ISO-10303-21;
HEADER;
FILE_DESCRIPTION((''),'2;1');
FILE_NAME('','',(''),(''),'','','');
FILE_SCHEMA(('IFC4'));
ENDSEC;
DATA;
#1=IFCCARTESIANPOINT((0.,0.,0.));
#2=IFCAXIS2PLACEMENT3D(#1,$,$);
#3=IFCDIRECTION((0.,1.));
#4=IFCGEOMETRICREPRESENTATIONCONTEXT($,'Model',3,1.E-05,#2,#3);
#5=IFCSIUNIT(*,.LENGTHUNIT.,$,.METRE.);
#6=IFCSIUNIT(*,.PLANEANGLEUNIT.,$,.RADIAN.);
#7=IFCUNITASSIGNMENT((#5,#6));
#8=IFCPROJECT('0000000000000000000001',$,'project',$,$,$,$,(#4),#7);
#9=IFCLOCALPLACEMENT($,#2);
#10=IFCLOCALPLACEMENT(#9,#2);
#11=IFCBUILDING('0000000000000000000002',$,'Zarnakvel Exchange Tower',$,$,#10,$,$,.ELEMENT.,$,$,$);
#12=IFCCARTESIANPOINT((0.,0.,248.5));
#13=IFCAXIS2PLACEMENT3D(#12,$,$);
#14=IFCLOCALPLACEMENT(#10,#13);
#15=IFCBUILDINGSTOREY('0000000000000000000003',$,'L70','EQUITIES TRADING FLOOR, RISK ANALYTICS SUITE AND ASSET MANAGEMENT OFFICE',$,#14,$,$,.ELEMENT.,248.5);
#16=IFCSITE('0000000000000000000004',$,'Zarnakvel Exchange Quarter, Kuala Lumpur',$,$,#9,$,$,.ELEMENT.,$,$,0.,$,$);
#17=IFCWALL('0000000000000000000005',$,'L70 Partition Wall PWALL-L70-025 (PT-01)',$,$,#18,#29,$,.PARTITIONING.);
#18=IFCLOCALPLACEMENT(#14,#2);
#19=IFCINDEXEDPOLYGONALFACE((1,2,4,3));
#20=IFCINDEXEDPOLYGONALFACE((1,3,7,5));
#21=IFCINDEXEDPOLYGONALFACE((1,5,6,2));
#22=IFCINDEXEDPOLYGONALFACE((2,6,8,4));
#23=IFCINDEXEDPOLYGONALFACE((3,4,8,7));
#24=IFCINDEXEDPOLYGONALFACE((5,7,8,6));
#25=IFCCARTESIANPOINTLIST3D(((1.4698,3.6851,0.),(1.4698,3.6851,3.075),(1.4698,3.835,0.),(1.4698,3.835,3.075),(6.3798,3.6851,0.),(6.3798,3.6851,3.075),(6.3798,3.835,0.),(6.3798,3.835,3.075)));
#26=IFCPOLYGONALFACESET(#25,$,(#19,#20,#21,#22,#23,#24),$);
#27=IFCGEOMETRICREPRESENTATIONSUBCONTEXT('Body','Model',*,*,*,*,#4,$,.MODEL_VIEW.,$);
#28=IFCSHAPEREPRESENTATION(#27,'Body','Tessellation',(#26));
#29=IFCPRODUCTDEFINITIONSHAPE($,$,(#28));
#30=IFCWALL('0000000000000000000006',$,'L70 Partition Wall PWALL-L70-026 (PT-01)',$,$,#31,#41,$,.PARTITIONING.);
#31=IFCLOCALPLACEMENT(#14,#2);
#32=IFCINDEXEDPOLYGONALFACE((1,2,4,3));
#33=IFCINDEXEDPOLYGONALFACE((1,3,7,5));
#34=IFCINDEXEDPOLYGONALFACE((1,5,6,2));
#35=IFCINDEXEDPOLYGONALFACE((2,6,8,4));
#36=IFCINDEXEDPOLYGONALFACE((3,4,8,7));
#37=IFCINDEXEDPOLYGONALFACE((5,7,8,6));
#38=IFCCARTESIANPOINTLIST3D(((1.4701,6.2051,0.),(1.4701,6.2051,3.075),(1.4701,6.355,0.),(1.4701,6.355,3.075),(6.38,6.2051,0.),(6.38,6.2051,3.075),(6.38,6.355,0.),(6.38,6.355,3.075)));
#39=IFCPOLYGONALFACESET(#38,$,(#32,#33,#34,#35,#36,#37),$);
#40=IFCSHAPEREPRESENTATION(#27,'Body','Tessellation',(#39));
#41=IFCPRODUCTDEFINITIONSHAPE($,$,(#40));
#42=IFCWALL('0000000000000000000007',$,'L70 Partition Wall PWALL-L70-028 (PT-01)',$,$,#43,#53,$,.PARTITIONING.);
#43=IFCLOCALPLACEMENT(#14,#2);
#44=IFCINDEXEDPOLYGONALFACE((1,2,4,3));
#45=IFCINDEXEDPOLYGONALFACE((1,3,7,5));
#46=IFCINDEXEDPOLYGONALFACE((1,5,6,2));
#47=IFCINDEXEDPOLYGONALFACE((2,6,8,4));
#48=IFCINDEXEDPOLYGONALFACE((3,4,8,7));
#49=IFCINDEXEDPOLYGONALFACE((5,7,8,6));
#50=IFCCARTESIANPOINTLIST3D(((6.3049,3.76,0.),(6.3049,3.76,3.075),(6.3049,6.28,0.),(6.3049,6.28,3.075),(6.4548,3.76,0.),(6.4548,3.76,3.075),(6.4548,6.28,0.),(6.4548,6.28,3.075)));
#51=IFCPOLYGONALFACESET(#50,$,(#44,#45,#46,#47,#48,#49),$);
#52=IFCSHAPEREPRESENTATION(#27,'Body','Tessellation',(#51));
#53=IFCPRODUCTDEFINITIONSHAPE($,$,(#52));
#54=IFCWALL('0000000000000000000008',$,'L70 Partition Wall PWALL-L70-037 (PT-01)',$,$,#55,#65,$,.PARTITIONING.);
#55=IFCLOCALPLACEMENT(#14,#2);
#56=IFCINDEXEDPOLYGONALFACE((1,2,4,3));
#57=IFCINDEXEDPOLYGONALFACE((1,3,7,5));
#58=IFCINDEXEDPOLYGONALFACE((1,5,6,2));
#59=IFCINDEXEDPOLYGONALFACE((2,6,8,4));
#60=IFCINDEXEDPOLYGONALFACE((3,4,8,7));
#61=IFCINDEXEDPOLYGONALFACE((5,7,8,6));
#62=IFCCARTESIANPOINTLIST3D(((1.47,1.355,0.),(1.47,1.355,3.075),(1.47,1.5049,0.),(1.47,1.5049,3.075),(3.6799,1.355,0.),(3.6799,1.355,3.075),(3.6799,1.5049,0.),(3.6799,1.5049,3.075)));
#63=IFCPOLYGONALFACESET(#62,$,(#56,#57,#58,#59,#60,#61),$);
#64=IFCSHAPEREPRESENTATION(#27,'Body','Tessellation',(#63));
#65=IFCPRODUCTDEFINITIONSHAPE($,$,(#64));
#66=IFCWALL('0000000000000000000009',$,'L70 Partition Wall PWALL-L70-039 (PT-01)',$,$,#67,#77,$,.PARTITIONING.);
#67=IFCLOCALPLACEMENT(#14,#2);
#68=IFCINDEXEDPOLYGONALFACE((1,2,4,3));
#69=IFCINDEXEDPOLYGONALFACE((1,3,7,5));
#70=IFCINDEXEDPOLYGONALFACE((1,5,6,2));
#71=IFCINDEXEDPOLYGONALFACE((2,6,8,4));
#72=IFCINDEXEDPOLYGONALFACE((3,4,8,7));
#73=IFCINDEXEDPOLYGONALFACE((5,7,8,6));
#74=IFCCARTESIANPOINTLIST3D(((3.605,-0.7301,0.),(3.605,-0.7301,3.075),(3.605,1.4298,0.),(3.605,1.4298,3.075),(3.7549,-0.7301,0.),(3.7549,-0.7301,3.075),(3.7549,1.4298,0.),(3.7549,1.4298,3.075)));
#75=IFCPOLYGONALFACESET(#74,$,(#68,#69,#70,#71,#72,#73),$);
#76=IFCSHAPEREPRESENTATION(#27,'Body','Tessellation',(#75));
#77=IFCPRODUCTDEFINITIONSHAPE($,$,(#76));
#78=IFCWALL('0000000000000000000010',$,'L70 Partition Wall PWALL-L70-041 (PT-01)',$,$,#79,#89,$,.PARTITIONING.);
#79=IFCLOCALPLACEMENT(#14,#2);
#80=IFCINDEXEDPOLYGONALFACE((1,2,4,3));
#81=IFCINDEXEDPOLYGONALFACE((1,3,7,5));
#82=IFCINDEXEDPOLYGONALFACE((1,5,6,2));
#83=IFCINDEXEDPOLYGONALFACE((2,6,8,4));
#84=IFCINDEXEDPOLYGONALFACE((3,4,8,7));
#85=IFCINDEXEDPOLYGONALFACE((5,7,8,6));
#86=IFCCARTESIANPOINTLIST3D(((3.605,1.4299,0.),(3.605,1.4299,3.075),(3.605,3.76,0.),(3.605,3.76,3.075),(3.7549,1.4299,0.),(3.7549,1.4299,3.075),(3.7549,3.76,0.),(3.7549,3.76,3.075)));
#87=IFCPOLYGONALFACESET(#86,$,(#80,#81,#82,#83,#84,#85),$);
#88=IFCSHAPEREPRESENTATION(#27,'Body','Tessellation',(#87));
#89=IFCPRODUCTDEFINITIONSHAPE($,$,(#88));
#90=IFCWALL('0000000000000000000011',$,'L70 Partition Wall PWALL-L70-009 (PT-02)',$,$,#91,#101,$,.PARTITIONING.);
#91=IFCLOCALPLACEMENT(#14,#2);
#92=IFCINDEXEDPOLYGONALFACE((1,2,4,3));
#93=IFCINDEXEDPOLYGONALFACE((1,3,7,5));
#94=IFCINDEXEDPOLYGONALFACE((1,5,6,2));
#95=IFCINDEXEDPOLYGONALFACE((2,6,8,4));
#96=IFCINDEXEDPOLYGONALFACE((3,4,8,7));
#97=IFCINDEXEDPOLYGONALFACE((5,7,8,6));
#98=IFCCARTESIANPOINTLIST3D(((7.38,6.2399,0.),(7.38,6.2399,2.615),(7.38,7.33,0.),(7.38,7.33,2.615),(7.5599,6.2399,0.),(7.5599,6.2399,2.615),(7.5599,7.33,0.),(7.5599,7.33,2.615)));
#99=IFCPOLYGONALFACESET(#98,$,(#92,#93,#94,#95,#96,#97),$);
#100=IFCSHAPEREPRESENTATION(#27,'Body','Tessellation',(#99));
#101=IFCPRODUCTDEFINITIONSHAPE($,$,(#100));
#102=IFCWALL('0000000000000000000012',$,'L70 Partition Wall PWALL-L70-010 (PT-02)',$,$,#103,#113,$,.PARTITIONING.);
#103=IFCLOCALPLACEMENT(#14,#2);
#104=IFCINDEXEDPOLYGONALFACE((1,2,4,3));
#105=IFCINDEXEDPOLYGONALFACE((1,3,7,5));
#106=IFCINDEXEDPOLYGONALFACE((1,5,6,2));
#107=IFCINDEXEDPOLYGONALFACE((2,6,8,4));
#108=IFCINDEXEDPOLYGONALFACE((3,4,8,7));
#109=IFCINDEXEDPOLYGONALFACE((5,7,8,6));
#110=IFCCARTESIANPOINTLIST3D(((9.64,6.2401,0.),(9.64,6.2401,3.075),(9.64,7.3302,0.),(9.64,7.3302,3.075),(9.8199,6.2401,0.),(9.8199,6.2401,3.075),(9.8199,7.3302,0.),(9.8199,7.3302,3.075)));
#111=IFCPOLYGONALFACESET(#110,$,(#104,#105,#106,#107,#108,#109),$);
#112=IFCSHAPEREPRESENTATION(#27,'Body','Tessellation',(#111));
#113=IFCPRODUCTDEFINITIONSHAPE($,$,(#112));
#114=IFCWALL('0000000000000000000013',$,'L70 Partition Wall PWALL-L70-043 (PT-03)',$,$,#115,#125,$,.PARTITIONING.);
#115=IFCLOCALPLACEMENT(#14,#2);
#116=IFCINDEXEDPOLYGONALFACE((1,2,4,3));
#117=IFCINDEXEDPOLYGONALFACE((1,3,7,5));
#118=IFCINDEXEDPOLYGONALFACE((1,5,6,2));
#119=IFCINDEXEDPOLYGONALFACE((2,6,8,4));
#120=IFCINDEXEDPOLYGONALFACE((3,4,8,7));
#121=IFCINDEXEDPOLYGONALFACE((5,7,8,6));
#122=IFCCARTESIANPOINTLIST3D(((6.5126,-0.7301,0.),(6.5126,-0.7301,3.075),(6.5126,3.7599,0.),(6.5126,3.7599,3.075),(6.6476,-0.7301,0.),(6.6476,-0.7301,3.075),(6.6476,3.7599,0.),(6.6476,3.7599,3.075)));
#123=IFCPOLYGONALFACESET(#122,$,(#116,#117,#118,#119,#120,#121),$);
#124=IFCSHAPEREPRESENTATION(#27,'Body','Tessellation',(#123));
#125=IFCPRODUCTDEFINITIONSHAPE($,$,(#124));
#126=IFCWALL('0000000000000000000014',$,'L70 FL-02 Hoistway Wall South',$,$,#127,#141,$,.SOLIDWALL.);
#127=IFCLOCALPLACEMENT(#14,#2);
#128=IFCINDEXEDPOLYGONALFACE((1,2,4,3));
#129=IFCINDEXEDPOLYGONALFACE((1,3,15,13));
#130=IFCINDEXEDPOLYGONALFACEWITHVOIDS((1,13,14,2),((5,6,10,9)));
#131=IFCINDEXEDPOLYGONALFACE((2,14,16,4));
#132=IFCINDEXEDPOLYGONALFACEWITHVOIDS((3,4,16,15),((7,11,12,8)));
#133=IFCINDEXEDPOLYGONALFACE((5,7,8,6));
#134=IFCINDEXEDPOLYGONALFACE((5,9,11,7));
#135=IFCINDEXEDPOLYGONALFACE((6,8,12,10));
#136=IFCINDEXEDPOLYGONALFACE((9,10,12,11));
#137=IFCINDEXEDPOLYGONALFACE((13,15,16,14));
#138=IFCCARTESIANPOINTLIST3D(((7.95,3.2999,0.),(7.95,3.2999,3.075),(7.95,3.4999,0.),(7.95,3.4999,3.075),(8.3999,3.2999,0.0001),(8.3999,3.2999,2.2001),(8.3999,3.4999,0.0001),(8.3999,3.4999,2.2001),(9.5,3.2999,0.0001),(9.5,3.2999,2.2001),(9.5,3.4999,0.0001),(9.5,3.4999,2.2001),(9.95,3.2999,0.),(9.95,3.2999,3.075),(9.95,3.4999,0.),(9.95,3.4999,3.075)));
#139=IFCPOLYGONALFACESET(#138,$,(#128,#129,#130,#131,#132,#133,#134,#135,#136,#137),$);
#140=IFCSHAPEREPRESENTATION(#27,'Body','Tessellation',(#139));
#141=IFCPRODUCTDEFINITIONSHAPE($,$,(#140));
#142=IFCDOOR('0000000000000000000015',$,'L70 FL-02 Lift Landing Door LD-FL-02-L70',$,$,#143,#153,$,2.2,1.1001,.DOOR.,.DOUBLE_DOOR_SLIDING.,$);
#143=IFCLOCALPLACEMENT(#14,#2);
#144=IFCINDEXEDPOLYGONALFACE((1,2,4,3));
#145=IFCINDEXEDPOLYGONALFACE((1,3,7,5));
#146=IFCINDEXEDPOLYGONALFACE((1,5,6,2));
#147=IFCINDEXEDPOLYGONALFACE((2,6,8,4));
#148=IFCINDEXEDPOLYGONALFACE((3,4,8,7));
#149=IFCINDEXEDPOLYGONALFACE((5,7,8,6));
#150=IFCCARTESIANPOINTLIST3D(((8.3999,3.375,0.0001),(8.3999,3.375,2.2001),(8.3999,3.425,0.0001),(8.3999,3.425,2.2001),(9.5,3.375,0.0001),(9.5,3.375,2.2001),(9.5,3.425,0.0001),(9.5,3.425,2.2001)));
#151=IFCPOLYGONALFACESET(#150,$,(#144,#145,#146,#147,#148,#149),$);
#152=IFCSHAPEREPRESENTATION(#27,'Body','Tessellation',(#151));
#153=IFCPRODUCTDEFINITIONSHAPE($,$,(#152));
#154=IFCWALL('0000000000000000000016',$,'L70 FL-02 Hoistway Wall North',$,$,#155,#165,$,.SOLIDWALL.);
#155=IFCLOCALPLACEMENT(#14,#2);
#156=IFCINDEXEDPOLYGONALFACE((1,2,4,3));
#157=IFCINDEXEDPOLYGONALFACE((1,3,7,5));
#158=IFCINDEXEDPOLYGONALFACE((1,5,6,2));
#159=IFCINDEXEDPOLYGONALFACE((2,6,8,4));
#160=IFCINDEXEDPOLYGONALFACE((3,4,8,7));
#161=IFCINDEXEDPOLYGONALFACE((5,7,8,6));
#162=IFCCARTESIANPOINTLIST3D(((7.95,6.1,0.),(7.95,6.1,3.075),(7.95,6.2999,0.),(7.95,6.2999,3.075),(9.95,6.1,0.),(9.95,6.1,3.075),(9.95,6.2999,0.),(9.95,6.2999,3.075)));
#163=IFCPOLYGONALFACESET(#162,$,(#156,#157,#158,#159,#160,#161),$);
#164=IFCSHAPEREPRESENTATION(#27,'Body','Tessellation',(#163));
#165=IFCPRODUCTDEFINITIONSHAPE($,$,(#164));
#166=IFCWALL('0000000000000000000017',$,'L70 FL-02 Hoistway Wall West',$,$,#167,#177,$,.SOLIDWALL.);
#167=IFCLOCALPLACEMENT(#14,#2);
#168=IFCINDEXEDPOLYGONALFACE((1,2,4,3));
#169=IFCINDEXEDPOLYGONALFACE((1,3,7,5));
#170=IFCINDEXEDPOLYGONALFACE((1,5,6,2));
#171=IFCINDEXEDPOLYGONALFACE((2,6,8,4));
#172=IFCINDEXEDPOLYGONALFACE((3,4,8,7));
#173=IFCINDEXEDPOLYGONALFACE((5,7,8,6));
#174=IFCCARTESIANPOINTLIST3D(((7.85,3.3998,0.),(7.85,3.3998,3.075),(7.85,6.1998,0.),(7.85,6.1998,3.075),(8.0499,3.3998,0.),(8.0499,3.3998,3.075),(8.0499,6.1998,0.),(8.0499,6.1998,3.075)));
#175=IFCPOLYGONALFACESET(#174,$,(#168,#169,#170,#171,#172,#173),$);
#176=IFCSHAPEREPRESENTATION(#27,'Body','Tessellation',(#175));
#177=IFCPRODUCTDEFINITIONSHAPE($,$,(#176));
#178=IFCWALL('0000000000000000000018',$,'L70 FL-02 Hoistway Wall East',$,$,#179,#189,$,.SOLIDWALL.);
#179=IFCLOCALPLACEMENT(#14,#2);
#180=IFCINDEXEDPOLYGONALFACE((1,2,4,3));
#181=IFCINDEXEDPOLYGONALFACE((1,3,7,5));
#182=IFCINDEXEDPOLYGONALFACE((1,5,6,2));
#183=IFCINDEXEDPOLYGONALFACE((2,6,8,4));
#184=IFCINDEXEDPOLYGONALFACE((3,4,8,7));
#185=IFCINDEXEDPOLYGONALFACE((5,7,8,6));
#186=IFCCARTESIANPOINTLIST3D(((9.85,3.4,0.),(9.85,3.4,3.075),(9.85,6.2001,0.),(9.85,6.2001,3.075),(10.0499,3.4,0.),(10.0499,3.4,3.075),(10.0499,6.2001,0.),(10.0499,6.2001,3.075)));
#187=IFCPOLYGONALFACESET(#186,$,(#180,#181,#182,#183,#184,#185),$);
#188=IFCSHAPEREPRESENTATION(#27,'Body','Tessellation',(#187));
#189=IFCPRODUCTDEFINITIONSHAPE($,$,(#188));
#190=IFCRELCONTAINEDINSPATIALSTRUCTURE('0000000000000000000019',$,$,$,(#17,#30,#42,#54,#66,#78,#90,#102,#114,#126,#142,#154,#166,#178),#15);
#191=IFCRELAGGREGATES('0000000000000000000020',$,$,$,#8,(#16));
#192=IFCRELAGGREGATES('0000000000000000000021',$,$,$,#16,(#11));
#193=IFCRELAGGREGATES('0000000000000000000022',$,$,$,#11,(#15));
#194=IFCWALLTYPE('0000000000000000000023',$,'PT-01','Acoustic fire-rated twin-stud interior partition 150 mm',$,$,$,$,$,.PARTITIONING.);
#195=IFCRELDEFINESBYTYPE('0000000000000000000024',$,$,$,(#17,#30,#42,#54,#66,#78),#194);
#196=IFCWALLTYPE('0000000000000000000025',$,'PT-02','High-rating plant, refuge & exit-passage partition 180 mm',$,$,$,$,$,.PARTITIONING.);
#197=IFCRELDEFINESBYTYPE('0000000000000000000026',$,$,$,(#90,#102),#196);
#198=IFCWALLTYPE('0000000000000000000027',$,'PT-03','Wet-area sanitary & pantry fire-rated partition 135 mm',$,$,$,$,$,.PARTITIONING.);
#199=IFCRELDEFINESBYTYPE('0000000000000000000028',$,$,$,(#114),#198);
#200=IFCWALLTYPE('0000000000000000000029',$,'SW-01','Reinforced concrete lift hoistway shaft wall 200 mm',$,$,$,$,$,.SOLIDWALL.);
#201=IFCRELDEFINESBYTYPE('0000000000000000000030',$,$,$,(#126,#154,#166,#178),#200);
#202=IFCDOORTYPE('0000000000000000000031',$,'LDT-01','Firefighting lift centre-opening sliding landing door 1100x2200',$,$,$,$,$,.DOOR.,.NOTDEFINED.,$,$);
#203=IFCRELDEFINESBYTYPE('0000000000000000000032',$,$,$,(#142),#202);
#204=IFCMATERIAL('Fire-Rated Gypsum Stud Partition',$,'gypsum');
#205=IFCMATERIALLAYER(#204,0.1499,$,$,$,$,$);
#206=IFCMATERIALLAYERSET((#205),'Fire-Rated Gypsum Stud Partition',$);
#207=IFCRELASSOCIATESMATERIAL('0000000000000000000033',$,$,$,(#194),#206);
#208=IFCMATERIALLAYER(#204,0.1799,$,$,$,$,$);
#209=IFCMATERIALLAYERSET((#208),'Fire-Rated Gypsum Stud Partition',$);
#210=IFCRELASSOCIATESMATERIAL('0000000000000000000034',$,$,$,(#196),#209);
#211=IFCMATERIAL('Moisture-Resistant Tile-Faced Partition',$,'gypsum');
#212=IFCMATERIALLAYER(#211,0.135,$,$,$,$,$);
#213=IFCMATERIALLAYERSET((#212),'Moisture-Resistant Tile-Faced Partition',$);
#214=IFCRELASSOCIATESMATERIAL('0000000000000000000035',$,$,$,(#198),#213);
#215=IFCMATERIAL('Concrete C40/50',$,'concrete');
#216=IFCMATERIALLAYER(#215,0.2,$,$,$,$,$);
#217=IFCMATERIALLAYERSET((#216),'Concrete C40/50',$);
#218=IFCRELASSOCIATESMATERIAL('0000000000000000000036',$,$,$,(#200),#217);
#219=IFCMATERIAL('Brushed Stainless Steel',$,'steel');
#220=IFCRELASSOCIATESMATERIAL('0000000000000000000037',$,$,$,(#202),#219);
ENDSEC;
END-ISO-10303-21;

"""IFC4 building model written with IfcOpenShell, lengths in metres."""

from ifc_helpers import new_model, si_unit, direction, frame, frame_2d, origin, place, context, subcontext, project, spatial, rectangle, extrude, source, transform, mapped, material, layer, layer_set, type_object, element, fill, save


model = new_model("IFC4")

# Units and contexts
model_context = context("Model", 3, precision=1e-05, world=origin(), true_north=direction((0.0, 1.0)))
body_context = subcontext(model_context, "Body", "Model", "MODEL_VIEW")
ifc_project = project(units=[si_unit("LENGTHUNIT", "METRE"), si_unit("PLANEANGLEUNIT", "RADIAN")], contexts=[model_context])

# Site, building, storey
site_placement = place(None, origin())
site = spatial("IfcSite", under=ifc_project, at=site_placement, Name="Zarnakvel Exchange Quarter, Kuala Lumpur", CompositionType="ELEMENT", RefElevation=0.0)
building_placement = place(site_placement, origin())
building = spatial("IfcBuilding", under=site, at=building_placement, Name="Zarnakvel Exchange Tower", CompositionType="ELEMENT")
storey_placement = place(building_placement, frame((0.0, 0.0, 248.5)))
storey = spatial("IfcBuildingStorey", under=building, at=storey_placement, Name="L70", Description="EQUITIES TRADING FLOOR, RISK ANALYTICS SUITE AND ASSET MANAGEMENT OFFICE", CompositionType="ELEMENT", Elevation=248.5)

# Walls
ifc_material_1 = material(Name="Fire-Rated Gypsum Stud Partition", Category="gypsum")
ifc_layer_1 = layer(ifc_material_1, 0.1499)
ifc_layer_set_1 = layer_set([ifc_layer_1], Name="Fire-Rated Gypsum Stud Partition")
wall_type_1 = type_object("IfcWallType", Name="PT-01", Description="Acoustic fire-rated twin-stud interior partition 150 mm", PredefinedType="PARTITIONING", material=ifc_layer_set_1)
for number, where, z_axis, x_axis, name in (
    (1, (6.3799, 3.76, 0.0), (0.0, 0.0, 1.0), (-1.0, 0.0, 0.0), "L70 Partition Wall PWALL-L70-025 (PT-01)"),
    (2, (1.47, 6.28, 0.0), (0.0, 0.0, 1.0), (1.0, 0.0, 0.0), "L70 Partition Wall PWALL-L70-026 (PT-01)"),
):
    element("IfcWall", number, at=place(storey_placement, frame(where, z_axis=z_axis, x_axis=x_axis)), inside=storey, type_object=wall_type_1, Name=name, PredefinedType="PARTITIONING", context=body_context, shape_type="SweptSolid", body=[
        extrude(rectangle(XDim=4.9099, YDim=0.1499, at=frame_2d((2.4551, 0.0))), origin(), (0.0, 0.0, 1.0), 3.075),
    ])

# Walls
wall_1_placement = place(storey_placement, frame((6.3799, 6.28, 0.0), z_axis=(0.0, 0.0, 1.0), x_axis=(0.0, -1.0, 0.0)))
element("IfcWall", 3, at=wall_1_placement, inside=storey, type_object=wall_type_1, Name="L70 Partition Wall PWALL-L70-028 (PT-01)", PredefinedType="PARTITIONING", context=body_context, shape_type="SweptSolid", body=[
    extrude(rectangle(XDim=2.52, YDim=0.1499, at=frame_2d((1.26, 0.0))), origin(), (0.0, 0.0, 1.0), 3.075),
])
wall_2_placement = place(storey_placement, frame((1.47, 1.4299, 0.0), z_axis=(0.0, 0.0, 1.0), x_axis=(1.0, 0.0, 0.0)))
element("IfcWall", 4, at=wall_2_placement, inside=storey, type_object=wall_type_1, Name="L70 Partition Wall PWALL-L70-037 (PT-01)", PredefinedType="PARTITIONING", context=body_context, shape_type="SweptSolid", body=[
    extrude(rectangle(XDim=2.21, YDim=0.1499, at=frame_2d((1.105, 0.0))), origin(), (0.0, 0.0, 1.0), 3.075),
])
wall_3_placement = place(storey_placement, frame((3.6799, 1.4299, 0.0), z_axis=(0.0, 0.0, 1.0), x_axis=(0.0, -1.0, 0.0)))
element("IfcWall", 5, at=wall_3_placement, inside=storey, type_object=wall_type_1, Name="L70 Partition Wall PWALL-L70-039 (PT-01)", PredefinedType="PARTITIONING", context=body_context, shape_type="SweptSolid", body=[
    extrude(rectangle(XDim=2.1599, YDim=0.1499, at=frame_2d((1.0801, 0.0))), origin(), (0.0, 0.0, 1.0), 3.075),
])

# Walls
wall_4_placement = place(storey_placement, frame((3.6799, 3.76, 0.0), z_axis=(0.0, 0.0, 1.0), x_axis=(0.0, -1.0, 0.0)))
element("IfcWall", 6, at=wall_4_placement, inside=storey, type_object=wall_type_1, Name="L70 Partition Wall PWALL-L70-041 (PT-01)", PredefinedType="PARTITIONING", context=body_context, shape_type="SweptSolid", body=[
    extrude(rectangle(XDim=2.3301, YDim=0.1499, at=frame_2d((1.165, 0.0))), origin(), (0.0, 0.0, 1.0), 3.075),
])
ifc_layer_2 = layer(ifc_material_1, 0.1799)
ifc_layer_set_2 = layer_set([ifc_layer_2], Name="Fire-Rated Gypsum Stud Partition")
wall_type_2 = type_object("IfcWallType", Name="PT-02", Description="High-rating plant, refuge & exit-passage partition 180 mm", PredefinedType="PARTITIONING", material=ifc_layer_set_2)
wall_5_placement = place(storey_placement, frame((7.47, 6.24, 0.0), z_axis=(0.0, 0.0, 1.0), x_axis=(0.0, 1.0, 0.0)))
element("IfcWall", 7, at=wall_5_placement, inside=storey, type_object=wall_type_2, Name="L70 Partition Wall PWALL-L70-009 (PT-02)", PredefinedType="PARTITIONING", context=body_context, shape_type="SweptSolid", body=[
    extrude(rectangle(XDim=1.0901, YDim=0.1799, at=frame_2d((0.5449, 0.0))), origin(), (0.0, 0.0, 1.0), 2.615),
])
wall_6_placement = place(storey_placement, frame((9.73, 7.3301, 0.0), z_axis=(0.0, 0.0, 1.0), x_axis=(0.0, -1.0, 0.0)))
element("IfcWall", 8, at=wall_6_placement, inside=storey, type_object=wall_type_2, Name="L70 Partition Wall PWALL-L70-010 (PT-02)", PredefinedType="PARTITIONING", context=body_context, shape_type="SweptSolid", body=[
    extrude(rectangle(XDim=1.0901, YDim=0.1799, at=frame_2d((0.5449, 0.0))), origin(), (0.0, 0.0, 1.0), 3.075),
])
ifc_material_2 = material(Name="Moisture-Resistant Tile-Faced Partition", Category="gypsum")
ifc_layer_3 = layer(ifc_material_2, 0.135)
ifc_layer_set_3 = layer_set([ifc_layer_3], Name="Moisture-Resistant Tile-Faced Partition")
wall_type_3 = type_object("IfcWallType", Name="PT-03", Description="Wet-area sanitary & pantry fire-rated partition 135 mm", PredefinedType="PARTITIONING", material=ifc_layer_set_3)
wall_7_placement = place(storey_placement, frame((6.5801, 3.76, 0.0), z_axis=(0.0, 0.0, 1.0), x_axis=(0.0, -1.0, 0.0)))
element("IfcWall", 9, at=wall_7_placement, inside=storey, type_object=wall_type_3, Name="L70 Partition Wall PWALL-L70-043 (PT-03)", PredefinedType="PARTITIONING", context=body_context, shape_type="SweptSolid", body=[
    extrude(rectangle(XDim=4.49, YDim=0.135, at=frame_2d((2.2451, 0.0))), origin(), (0.0, 0.0, 1.0), 3.075),
])

# Wall, opening, door
ifc_material_3 = material(Name="Concrete C40/50", Category="concrete")
ifc_layer_4 = layer(ifc_material_3, 0.2)
ifc_layer_set_4 = layer_set([ifc_layer_4], Name="Concrete C40/50")
wall_type_4 = type_object("IfcWallType", Name="SW-01", Description="Reinforced concrete lift hoistway shaft wall 200 mm", PredefinedType="SOLIDWALL", material=ifc_layer_set_4)
wall_8_placement = place(storey_placement, frame((9.95, 3.3999, 0.0), z_axis=(0.0, 0.0, 1.0), x_axis=(-1.0, 0.0, 0.0)))
wall_8 = element("IfcWall", 10, at=wall_8_placement, inside=storey, type_object=wall_type_4, Name="L70 FL-02 Hoistway Wall South", PredefinedType="SOLIDWALL", context=body_context, shape_type="SweptSolid", body=[
    extrude(rectangle(XDim=2.0, YDim=0.2, at=frame_2d((1.0, 0.0))), origin(), (0.0, 0.0, 1.0), 3.075),
])
opening_1_placement = place(wall_8_placement, frame((0.45, 0.0, 0.0)))
opening_1 = element("IfcOpeningElement", 11, at=opening_1_placement, cuts=wall_8, PredefinedType="OPENING", context=body_context, shape_type="SweptSolid", body=[
    extrude(rectangle(XDim=1.1001, YDim=2.2, at=frame_2d((0.55, 1.1001))), frame((0.0, 0.1099, 0.0), z_axis=(0.0, -1.0, 0.0), x_axis=(1.0, 0.0, 0.0)), (0.0, 0.0, 1.0), 0.22),
])
ifc_material_4 = material(Name="Brushed Stainless Steel", Category="steel")
door_type_1 = type_object("IfcDoorType", Name="LDT-01", Description="Firefighting lift centre-opening sliding landing door 1100x2200", OperationType="NOTDEFINED", PredefinedType="DOOR", material=ifc_material_4)
shared_shape_1 = source(origin(), body_context, "Body", "SweptSolid", [
    extrude(rectangle(XDim=1.1001, YDim=2.2, at=frame_2d((0.55, 1.1001))), frame((0.0, 0.0249, 0.0), z_axis=(0.0, -1.0, 0.0), x_axis=(1.0, 0.0, 0.0)), (0.0, 0.0, 1.0), 0.05),
])
door_1_placement = place(opening_1_placement, origin())
door_1 = element("IfcDoor", 12, at=door_1_placement, inside=storey, type_object=door_type_1, Name="L70 FL-02 Lift Landing Door LD-FL-02-L70", OperationType="DOUBLE_DOOR_SLIDING", OverallHeight=2.2, OverallWidth=1.1001, PredefinedType="DOOR", context=body_context, shape_type="MappedRepresentation", body=[
    mapped(shared_shape_1, transform((0.0, 0.0, 0.0), x_axis=(1.0, 0.0, 0.0), y_axis=(0.0, 1.0, 0.0), z_axis=(0.0, 0.0, 1.0), scale=1.0)),
])
fill(opening_1, door_1)

# Walls
wall_9_placement = place(storey_placement, frame((7.95, 6.2, 0.0), z_axis=(0.0, 0.0, 1.0), x_axis=(1.0, 0.0, 0.0)))
element("IfcWall", 13, at=wall_9_placement, inside=storey, type_object=wall_type_4, Name="L70 FL-02 Hoistway Wall North", PredefinedType="SOLIDWALL", context=body_context, shape_type="SweptSolid", body=[
    extrude(rectangle(XDim=2.0, YDim=0.2, at=frame_2d((1.0, 0.0))), origin(), (0.0, 0.0, 1.0), 3.075),
])
for number, where, z_axis, x_axis, name in (
    (14, (7.95, 3.3999, 0.0), (0.0, 0.0, 1.0), (0.0, 1.0, 0.0), "L70 FL-02 Hoistway Wall West"),
    (15, (9.95, 6.2, 0.0), (0.0, 0.0, 1.0), (0.0, -1.0, 0.0), "L70 FL-02 Hoistway Wall East"),
):
    element("IfcWall", number, at=place(storey_placement, frame(where, z_axis=z_axis, x_axis=x_axis)), inside=storey, type_object=wall_type_4, Name=name, PredefinedType="SOLIDWALL", context=body_context, shape_type="SweptSolid", body=[
        extrude(rectangle(XDim=2.8, YDim=0.2, at=frame_2d((1.3999, 0.0))), origin(), (0.0, 0.0, 1.0), 3.075),
    ])

save(model, "model.ifc")
